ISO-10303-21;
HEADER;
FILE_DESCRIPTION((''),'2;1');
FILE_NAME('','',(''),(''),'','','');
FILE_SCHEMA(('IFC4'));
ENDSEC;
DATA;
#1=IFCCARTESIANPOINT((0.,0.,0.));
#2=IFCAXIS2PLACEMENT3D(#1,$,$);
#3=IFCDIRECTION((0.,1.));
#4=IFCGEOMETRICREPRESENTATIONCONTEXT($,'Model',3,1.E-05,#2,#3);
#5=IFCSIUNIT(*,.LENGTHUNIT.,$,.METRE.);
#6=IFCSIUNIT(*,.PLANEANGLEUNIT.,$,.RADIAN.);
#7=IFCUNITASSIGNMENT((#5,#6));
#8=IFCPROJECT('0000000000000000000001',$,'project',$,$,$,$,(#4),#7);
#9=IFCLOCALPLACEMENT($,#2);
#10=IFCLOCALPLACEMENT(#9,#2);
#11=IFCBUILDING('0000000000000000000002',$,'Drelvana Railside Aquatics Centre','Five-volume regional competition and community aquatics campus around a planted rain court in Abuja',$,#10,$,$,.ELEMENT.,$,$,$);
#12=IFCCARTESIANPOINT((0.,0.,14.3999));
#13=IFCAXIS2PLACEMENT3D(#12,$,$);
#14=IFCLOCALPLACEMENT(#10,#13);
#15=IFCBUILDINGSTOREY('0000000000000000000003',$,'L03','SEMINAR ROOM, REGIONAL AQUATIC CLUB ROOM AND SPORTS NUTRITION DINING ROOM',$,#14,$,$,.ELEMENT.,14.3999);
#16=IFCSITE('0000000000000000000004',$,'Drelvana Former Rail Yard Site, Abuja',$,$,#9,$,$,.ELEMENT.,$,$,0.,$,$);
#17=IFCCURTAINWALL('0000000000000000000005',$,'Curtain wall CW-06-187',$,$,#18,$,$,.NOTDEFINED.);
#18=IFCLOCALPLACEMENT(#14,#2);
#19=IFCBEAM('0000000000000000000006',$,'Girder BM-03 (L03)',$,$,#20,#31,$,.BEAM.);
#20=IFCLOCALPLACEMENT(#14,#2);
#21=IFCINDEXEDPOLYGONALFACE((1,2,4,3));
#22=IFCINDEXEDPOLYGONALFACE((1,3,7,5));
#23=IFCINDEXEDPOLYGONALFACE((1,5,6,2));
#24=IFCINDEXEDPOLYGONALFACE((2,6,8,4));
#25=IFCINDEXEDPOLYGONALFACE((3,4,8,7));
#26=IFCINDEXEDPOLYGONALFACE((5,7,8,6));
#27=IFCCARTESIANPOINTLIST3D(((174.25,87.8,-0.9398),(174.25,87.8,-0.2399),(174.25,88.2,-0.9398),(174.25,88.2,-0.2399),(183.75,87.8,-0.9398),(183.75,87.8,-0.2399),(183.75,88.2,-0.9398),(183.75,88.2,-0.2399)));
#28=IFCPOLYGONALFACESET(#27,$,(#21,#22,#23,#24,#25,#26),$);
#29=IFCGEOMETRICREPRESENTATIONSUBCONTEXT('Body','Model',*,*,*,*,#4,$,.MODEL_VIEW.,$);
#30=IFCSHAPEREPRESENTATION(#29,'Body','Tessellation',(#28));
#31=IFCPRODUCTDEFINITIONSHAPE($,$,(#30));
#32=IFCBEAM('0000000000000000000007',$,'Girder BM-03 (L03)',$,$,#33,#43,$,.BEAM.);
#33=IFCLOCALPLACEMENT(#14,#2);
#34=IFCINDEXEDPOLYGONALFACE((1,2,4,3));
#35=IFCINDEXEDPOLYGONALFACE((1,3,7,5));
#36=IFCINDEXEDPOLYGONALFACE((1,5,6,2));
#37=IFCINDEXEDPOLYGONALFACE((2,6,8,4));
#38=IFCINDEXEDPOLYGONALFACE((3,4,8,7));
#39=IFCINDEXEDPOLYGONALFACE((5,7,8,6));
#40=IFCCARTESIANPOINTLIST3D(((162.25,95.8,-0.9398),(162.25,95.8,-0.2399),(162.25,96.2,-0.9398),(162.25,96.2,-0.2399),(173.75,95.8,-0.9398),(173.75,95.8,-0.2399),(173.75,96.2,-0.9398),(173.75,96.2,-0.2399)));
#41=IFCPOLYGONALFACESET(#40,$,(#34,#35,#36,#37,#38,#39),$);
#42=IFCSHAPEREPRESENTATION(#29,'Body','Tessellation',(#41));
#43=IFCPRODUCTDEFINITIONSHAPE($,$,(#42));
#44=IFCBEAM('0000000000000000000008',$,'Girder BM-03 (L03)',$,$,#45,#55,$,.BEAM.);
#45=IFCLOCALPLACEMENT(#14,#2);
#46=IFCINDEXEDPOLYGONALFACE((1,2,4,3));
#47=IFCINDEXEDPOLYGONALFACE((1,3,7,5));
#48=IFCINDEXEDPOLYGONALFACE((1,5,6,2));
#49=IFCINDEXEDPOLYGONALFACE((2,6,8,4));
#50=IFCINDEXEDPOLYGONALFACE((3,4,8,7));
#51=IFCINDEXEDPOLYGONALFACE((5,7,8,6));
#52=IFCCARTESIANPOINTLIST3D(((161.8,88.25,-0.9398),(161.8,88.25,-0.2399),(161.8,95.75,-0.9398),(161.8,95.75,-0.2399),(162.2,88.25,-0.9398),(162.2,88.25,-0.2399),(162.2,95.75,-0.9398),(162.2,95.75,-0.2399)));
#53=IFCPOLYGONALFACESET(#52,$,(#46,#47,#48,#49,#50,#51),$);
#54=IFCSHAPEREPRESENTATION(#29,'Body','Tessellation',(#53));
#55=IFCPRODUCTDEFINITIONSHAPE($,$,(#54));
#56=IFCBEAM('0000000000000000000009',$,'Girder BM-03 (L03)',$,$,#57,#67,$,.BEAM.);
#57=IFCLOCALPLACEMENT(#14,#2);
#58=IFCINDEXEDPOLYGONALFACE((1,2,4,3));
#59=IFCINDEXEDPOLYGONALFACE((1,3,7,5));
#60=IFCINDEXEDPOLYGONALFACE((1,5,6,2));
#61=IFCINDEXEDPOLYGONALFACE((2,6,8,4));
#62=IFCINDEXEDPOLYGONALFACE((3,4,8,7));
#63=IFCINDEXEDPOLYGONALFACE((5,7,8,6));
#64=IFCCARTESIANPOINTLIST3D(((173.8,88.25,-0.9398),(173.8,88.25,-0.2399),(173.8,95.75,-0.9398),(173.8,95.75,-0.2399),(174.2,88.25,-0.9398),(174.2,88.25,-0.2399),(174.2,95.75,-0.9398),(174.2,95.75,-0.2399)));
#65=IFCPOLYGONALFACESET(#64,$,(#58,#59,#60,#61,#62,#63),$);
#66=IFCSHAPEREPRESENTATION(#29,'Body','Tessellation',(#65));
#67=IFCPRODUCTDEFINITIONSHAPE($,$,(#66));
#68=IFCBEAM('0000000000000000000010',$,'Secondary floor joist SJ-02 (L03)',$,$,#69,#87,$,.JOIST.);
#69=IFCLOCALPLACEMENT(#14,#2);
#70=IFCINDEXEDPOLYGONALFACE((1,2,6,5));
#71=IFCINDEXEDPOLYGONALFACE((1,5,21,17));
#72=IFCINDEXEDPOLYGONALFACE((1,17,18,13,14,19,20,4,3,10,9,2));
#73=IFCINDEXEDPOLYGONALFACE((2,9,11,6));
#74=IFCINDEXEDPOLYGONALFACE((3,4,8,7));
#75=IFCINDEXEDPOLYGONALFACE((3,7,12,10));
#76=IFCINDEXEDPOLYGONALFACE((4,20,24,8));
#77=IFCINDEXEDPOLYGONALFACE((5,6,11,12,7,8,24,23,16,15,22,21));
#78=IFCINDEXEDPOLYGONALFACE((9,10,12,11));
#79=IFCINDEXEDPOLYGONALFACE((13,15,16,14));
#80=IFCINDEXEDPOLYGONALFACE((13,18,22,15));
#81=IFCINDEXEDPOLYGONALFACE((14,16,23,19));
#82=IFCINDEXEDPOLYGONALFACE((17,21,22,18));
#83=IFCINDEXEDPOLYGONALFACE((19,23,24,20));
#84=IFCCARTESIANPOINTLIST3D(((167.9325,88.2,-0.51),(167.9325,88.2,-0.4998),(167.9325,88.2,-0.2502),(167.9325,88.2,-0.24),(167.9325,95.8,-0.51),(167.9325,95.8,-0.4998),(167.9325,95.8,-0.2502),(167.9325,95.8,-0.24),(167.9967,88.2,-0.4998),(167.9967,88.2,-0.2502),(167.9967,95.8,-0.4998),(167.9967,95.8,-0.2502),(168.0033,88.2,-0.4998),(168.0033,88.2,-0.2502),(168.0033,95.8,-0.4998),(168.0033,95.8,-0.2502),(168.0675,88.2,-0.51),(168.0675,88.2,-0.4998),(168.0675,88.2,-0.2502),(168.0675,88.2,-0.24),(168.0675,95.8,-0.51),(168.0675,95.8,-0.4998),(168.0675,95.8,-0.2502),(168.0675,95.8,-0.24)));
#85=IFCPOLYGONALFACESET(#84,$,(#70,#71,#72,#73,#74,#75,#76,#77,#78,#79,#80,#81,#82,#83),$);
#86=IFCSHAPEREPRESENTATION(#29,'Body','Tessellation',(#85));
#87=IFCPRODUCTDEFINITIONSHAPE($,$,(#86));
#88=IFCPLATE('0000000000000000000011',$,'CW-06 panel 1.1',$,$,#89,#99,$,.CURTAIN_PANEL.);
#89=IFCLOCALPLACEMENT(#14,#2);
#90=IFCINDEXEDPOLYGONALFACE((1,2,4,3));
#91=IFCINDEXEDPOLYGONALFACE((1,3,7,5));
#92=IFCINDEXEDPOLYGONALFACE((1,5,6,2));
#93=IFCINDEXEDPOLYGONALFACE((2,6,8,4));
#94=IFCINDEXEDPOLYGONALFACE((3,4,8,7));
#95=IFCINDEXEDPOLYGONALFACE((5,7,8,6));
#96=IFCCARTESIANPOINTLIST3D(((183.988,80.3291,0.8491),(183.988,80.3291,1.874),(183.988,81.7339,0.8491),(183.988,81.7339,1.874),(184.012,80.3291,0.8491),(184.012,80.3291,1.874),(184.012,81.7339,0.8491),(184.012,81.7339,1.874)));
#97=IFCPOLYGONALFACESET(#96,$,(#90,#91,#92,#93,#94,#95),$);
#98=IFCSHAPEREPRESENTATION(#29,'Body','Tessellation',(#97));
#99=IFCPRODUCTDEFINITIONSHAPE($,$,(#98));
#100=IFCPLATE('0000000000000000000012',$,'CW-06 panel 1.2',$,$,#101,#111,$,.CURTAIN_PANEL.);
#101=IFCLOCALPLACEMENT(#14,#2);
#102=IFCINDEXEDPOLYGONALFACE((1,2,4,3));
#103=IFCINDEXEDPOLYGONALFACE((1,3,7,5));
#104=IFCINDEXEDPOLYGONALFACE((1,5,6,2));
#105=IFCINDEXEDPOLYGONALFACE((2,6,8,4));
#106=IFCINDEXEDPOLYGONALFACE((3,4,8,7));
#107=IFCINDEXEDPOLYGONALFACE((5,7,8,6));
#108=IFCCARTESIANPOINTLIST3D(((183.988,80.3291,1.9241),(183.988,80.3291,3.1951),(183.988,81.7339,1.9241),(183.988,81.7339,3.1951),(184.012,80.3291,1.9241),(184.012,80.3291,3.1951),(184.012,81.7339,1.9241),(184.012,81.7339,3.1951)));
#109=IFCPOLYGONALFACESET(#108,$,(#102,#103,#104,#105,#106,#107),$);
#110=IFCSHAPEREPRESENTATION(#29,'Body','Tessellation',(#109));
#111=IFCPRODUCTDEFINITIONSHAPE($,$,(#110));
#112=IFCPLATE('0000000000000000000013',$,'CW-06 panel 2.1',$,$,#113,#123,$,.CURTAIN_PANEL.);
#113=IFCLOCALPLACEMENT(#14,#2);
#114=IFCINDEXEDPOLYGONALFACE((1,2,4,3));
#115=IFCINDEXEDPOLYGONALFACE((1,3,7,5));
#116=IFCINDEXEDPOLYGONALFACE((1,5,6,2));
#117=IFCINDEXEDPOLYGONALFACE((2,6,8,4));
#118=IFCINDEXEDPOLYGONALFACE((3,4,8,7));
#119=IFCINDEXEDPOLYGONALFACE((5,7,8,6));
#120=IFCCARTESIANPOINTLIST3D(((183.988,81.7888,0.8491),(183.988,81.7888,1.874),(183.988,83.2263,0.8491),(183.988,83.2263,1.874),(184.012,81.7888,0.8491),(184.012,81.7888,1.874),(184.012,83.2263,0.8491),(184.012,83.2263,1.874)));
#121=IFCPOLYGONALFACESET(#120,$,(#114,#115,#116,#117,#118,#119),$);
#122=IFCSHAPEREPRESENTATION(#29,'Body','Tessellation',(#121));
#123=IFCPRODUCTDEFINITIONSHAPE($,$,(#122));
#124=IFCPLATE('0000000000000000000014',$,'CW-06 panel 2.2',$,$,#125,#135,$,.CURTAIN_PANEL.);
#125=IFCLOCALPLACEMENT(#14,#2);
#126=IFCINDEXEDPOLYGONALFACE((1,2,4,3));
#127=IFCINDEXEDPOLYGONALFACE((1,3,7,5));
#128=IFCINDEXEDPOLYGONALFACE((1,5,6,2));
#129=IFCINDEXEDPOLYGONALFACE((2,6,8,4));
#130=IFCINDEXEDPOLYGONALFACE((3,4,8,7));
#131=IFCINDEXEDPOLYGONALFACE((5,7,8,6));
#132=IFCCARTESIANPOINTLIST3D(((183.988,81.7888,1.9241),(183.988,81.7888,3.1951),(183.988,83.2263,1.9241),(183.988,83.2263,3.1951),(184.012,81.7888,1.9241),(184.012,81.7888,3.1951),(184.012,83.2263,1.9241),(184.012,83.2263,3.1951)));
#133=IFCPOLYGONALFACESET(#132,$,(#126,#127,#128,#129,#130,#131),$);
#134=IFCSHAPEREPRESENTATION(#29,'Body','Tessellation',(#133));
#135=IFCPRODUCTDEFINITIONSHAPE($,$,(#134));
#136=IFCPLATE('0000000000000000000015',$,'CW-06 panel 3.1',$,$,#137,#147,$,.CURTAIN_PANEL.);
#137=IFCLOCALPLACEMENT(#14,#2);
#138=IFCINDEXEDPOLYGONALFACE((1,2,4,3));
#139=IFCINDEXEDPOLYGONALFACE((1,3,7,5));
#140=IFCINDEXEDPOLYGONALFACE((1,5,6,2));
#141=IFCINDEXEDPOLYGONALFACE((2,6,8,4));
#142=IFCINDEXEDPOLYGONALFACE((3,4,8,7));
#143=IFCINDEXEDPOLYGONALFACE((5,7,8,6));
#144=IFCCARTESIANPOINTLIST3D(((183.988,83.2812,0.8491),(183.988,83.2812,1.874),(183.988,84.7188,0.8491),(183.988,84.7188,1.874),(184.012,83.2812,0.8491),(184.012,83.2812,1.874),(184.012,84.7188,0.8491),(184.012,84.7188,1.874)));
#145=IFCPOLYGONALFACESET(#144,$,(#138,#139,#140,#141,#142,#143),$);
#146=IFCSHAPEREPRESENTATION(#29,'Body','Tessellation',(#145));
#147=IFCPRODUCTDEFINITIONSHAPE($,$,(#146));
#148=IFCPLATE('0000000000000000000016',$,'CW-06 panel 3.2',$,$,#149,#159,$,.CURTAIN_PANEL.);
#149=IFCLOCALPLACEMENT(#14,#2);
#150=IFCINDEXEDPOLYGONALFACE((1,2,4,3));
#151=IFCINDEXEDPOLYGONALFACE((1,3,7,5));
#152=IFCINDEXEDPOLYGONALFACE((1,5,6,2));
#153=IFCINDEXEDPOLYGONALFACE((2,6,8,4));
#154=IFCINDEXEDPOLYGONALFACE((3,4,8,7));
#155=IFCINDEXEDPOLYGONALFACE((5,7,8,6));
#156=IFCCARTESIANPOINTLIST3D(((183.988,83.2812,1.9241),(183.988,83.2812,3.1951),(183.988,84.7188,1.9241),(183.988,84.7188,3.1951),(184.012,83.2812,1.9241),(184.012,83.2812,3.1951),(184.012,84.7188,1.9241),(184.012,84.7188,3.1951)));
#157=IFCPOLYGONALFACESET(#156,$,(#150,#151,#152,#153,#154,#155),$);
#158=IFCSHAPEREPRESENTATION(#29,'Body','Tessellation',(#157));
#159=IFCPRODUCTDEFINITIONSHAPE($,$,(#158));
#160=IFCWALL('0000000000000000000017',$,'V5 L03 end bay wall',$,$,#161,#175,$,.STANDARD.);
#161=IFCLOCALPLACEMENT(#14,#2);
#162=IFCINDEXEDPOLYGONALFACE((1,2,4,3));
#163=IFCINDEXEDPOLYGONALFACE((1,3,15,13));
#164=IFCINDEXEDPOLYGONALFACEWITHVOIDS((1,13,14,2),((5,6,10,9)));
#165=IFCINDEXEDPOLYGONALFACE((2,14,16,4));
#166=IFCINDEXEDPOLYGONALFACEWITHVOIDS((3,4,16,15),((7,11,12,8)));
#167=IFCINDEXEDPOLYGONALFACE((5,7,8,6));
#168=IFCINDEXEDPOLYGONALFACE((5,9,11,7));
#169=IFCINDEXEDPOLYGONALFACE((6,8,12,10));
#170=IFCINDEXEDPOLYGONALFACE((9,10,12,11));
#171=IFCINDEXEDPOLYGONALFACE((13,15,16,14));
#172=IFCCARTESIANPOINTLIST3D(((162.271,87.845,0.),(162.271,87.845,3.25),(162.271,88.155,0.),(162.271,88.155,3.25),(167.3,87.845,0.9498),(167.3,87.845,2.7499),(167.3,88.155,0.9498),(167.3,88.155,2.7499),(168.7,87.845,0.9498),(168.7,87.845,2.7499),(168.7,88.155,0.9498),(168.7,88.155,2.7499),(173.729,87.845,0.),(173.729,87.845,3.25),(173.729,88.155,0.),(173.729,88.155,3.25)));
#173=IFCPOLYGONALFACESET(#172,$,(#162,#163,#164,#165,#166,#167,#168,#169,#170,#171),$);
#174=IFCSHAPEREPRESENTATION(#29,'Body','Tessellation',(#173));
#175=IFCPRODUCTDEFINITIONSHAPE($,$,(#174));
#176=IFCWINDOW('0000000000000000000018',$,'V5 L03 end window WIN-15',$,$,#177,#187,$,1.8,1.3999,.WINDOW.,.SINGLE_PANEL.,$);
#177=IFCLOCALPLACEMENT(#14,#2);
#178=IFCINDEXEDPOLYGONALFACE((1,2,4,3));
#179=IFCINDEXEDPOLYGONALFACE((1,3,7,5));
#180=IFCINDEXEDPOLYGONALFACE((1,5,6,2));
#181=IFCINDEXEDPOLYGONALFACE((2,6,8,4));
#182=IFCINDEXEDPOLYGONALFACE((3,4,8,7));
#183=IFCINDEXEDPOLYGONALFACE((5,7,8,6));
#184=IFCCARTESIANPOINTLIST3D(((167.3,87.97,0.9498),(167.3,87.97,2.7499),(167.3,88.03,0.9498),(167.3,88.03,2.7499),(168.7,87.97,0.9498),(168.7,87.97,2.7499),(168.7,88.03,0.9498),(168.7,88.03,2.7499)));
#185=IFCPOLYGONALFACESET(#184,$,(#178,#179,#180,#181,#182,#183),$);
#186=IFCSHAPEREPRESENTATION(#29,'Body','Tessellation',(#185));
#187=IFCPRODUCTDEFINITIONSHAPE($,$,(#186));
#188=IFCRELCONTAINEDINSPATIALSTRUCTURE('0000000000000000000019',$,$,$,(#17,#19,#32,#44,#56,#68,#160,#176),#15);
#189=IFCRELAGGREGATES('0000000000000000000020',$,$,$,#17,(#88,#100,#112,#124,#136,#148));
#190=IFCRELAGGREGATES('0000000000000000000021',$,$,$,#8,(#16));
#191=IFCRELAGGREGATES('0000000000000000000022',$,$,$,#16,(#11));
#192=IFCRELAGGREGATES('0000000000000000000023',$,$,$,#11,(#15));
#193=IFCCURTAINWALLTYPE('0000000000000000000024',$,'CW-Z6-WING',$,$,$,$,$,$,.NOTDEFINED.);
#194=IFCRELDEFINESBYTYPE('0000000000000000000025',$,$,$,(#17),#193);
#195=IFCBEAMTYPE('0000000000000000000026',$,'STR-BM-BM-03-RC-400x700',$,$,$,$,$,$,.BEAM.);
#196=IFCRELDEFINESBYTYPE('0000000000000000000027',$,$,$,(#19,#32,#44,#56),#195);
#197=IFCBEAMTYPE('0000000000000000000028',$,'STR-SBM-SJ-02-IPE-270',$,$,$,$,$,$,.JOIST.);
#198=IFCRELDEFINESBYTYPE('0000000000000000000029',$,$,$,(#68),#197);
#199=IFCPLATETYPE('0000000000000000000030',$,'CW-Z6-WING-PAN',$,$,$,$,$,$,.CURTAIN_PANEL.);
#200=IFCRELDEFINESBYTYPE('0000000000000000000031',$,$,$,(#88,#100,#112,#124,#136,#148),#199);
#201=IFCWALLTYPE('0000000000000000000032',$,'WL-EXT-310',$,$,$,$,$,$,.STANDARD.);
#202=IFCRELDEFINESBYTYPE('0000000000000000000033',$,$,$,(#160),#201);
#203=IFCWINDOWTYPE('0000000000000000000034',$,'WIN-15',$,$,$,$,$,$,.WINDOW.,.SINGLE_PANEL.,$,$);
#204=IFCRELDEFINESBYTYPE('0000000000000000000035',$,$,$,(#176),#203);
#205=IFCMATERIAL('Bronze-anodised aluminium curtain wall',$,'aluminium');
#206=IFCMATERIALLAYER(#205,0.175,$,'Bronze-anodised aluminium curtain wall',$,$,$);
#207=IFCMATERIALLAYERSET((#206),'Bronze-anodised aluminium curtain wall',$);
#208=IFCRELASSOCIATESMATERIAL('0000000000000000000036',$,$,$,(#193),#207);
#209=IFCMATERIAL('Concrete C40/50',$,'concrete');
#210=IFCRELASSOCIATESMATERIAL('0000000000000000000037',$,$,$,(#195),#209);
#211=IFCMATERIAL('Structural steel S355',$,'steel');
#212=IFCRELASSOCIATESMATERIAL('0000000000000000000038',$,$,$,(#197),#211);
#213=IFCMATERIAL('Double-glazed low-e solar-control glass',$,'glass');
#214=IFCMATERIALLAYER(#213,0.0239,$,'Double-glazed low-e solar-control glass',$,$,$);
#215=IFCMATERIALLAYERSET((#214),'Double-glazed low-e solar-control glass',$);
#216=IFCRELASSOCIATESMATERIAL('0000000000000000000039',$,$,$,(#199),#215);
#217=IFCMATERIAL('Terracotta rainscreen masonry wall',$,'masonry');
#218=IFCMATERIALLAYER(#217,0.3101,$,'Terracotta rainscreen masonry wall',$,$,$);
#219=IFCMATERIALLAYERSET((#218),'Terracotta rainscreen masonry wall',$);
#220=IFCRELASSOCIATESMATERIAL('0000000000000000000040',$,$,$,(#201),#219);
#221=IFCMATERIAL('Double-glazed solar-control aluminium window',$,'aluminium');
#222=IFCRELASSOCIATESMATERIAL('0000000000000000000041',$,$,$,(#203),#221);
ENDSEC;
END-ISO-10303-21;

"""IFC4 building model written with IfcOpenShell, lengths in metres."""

from ifc_helpers import new_model, si_unit, direction, frame, frame_2d, origin, origin_2d, place, context, subcontext, project, spatial, rectangle, i_section, extrude, material, layer, layer_set, material_profile, profile_set, type_object, element, fill, aggregate, save


model = new_model("IFC4")

# Units and contexts
model_context = context("Model", 3, precision=1e-05, world=origin(), true_north=direction((0.0, 1.0)))
body_context = subcontext(model_context, "Body", "Model", "MODEL_VIEW")
ifc_project = project(units=[si_unit("LENGTHUNIT", "METRE"), si_unit("PLANEANGLEUNIT", "RADIAN")], contexts=[model_context])

# Site, building, storey
site_placement = place(None, origin())
site = spatial("IfcSite", under=ifc_project, at=site_placement, Name="Drelvana Former Rail Yard Site, Abuja", CompositionType="ELEMENT", RefElevation=0.0)
building_placement = place(site_placement, origin())
building = spatial("IfcBuilding", under=site, at=building_placement, Name="Drelvana Railside Aquatics Centre", Description="Five-volume regional competition and community aquatics campus around a planted rain court in Abuja", CompositionType="ELEMENT")
storey_placement = place(building_placement, frame((0.0, 0.0, 14.3999)))
storey = spatial("IfcBuildingStorey", under=building, at=storey_placement, Name="L03", Description="SEMINAR ROOM, REGIONAL AQUATIC CLUB ROOM AND SPORTS NUTRITION DINING ROOM", CompositionType="ELEMENT", Elevation=14.3999)

# Shared definitions
ifc_material_1 = material(Name="Concrete C40/50", Category="concrete")

# Curtain wall
ifc_material_2 = material(Name="Bronze-anodised aluminium curtain wall", Category="aluminium")
ifc_layer_1 = layer(ifc_material_2, 0.175, Name="Bronze-anodised aluminium curtain wall")
ifc_layer_set_1 = layer_set([ifc_layer_1], Name="Bronze-anodised aluminium curtain wall")
curtain_wall_type = type_object("IfcCurtainWallType", Name="CW-Z6-WING", PredefinedType="NOTDEFINED", material=ifc_layer_set_1)
curtain_wall_placement = place(storey_placement, origin())
curtain_wall = element("IfcCurtainWall", 1, at=curtain_wall_placement, inside=storey, type_object=curtain_wall_type, Name="Curtain wall CW-06-187", PredefinedType="NOTDEFINED")

# Beams
ifc_material_profile_1 = material_profile(ifc_material_1, rectangle(XDim=0.3999, YDim=0.7, at=origin_2d()), Name="RC 400x700")
ifc_profile_set_1 = profile_set([ifc_material_profile_1], Name="Concrete C40/50")
beam_type_1 = type_object("IfcBeamType", Name="STR-BM-BM-03-RC-400x700", PredefinedType="BEAM", material=ifc_profile_set_1)
beam_1_placement = place(storey_placement, frame((174.25, 88.0, -0.5898), z_axis=(1.0, 0.0, 0.0), x_axis=(0.0, 1.0, 0.0)))
element("IfcBeam", 2, at=beam_1_placement, inside=storey, type_object=beam_type_1, Name="Girder BM-03 (L03)", PredefinedType="BEAM", context=body_context, shape_type="SweptSolid", body=[
    extrude(rectangle(XDim=0.3999, YDim=0.7, at=origin_2d()), origin(), (0.0, 0.0, 1.0), 9.5),
])
beam_2_placement = place(storey_placement, frame((162.25, 96.0, -0.5898), z_axis=(1.0, 0.0, 0.0), x_axis=(0.0, 1.0, 0.0)))
element("IfcBeam", 3, at=beam_2_placement, inside=storey, type_object=beam_type_1, Name="Girder BM-03 (L03)", PredefinedType="BEAM", context=body_context, shape_type="SweptSolid", body=[
    extrude(rectangle(XDim=0.3999, YDim=0.7, at=origin_2d()), origin(), (0.0, 0.0, 1.0), 11.5),
])
for number, where, z_axis, x_axis, name in (
    (4, (162.0, 88.25, -0.5898), (0.0, 1.0, 0.0), (-1.0, 0.0, 0.0), "Girder BM-03 (L03)"),
    (5, (174.0, 88.25, -0.5898), (0.0, 1.0, 0.0), (-1.0, 0.0, 0.0), "Girder BM-03 (L03)"),
):
    element("IfcBeam", number, at=place(storey_placement, frame(where, z_axis=z_axis, x_axis=x_axis)), inside=storey, type_object=beam_type_1, Name=name, PredefinedType="BEAM", context=body_context, shape_type="SweptSolid", body=[
        extrude(rectangle(XDim=0.3999, YDim=0.7, at=origin_2d()), origin(), (0.0, 0.0, 1.0), 7.5),
    ])
ifc_material_3 = material(Name="Structural steel S355", Category="steel")
ifc_material_profile_2 = material_profile(ifc_material_3, i_section(OverallWidth=0.135, OverallDepth=0.27, WebThickness=0.0066, FlangeThickness=0.0103, at=origin_2d()), Name="IPE 270")
ifc_profile_set_2 = profile_set([ifc_material_profile_2], Name="Structural steel S355")
beam_type_2 = type_object("IfcBeamType", Name="STR-SBM-SJ-02-IPE-270", PredefinedType="JOIST", material=ifc_profile_set_2)
beam_3_placement = place(storey_placement, frame((168.0, 88.2, -0.375), z_axis=(0.0, 1.0, 0.0), x_axis=(-1.0, 0.0, 0.0)))
element("IfcBeam", 6, at=beam_3_placement, inside=storey, type_object=beam_type_2, Name="Secondary floor joist SJ-02 (L03)", PredefinedType="JOIST", context=body_context, shape_type="SweptSolid", body=[
    extrude(i_section(OverallWidth=0.135, OverallDepth=0.27, WebThickness=0.0066, FlangeThickness=0.0103, at=origin_2d()), origin(), (0.0, 0.0, 1.0), 7.6001),
])

# Plates
ifc_material_4 = material(Name="Double-glazed low-e solar-control glass", Category="glass")
ifc_layer_2 = layer(ifc_material_4, 0.0239, Name="Double-glazed low-e solar-control glass")
ifc_layer_set_2 = layer_set([ifc_layer_2], Name="Double-glazed low-e solar-control glass")
plate_type = type_object("IfcPlateType", Name="CW-Z6-WING-PAN", PredefinedType="CURTAIN_PANEL", material=ifc_layer_set_2)
plate_1_placement = place(storey_placement, frame((184.0, 81.0315, 0.8491), z_axis=(0.0, 0.0, 1.0), x_axis=(0.0, 1.0, 0.0)))
plate_1 = element("IfcPlate", 7, at=plate_1_placement, type_object=plate_type, Name="CW-06 panel 1.1", PredefinedType="CURTAIN_PANEL", context=body_context, shape_type="SweptSolid", body=[
    extrude(rectangle(XDim=1.4048, YDim=0.0239, at=origin_2d()), origin(), (0.0, 0.0, 1.0), 1.0249),
])
plate_2_placement = place(storey_placement, frame((184.0, 81.0315, 1.9241), z_axis=(0.0, 0.0, 1.0), x_axis=(0.0, 1.0, 0.0)))
plate_2 = element("IfcPlate", 8, at=plate_2_placement, type_object=plate_type, Name="CW-06 panel 1.2", PredefinedType="CURTAIN_PANEL", context=body_context, shape_type="SweptSolid", body=[
    extrude(rectangle(XDim=1.4048, YDim=0.0239, at=origin_2d()), origin(), (0.0, 0.0, 1.0), 1.271),
])
plate_3_placement = place(storey_placement, frame((184.0, 82.5076, 0.8491), z_axis=(0.0, 0.0, 1.0), x_axis=(0.0, 1.0, 0.0)))
plate_3 = element("IfcPlate", 9, at=plate_3_placement, type_object=plate_type, Name="CW-06 panel 2.1", PredefinedType="CURTAIN_PANEL", context=body_context, shape_type="SweptSolid", body=[
    extrude(rectangle(XDim=1.4375, YDim=0.0239, at=origin_2d()), origin(), (0.0, 0.0, 1.0), 1.0249),
])
plate_4_placement = place(storey_placement, frame((184.0, 82.5076, 1.9241), z_axis=(0.0, 0.0, 1.0), x_axis=(0.0, 1.0, 0.0)))
plate_4 = element("IfcPlate", 10, at=plate_4_placement, type_object=plate_type, Name="CW-06 panel 2.2", PredefinedType="CURTAIN_PANEL", context=body_context, shape_type="SweptSolid", body=[
    extrude(rectangle(XDim=1.4375, YDim=0.0239, at=origin_2d()), origin(), (0.0, 0.0, 1.0), 1.271),
])
plate_5_placement = place(storey_placement, frame((184.0, 84.0, 0.8491), z_axis=(0.0, 0.0, 1.0), x_axis=(0.0, 1.0, 0.0)))
plate_5 = element("IfcPlate", 11, at=plate_5_placement, type_object=plate_type, Name="CW-06 panel 3.1", PredefinedType="CURTAIN_PANEL", context=body_context, shape_type="SweptSolid", body=[
    extrude(rectangle(XDim=1.4375, YDim=0.0239, at=origin_2d()), origin(), (0.0, 0.0, 1.0), 1.0249),
])
plate_6_placement = place(storey_placement, frame((184.0, 84.0, 1.9241), z_axis=(0.0, 0.0, 1.0), x_axis=(0.0, 1.0, 0.0)))
plate_6 = element("IfcPlate", 12, at=plate_6_placement, type_object=plate_type, Name="CW-06 panel 3.2", PredefinedType="CURTAIN_PANEL", context=body_context, shape_type="SweptSolid", body=[
    extrude(rectangle(XDim=1.4375, YDim=0.0239, at=origin_2d()), origin(), (0.0, 0.0, 1.0), 1.271),
])
aggregate(curtain_wall, [plate_1, plate_2, plate_3, plate_4, plate_5, plate_6])

# Wall, opening, window
ifc_material_5 = material(Name="Terracotta rainscreen masonry wall", Category="masonry")
ifc_layer_3 = layer(ifc_material_5, 0.3101, Name="Terracotta rainscreen masonry wall")
ifc_layer_set_3 = layer_set([ifc_layer_3], Name="Terracotta rainscreen masonry wall")
wall_type = type_object("IfcWallType", Name="WL-EXT-310", PredefinedType="STANDARD", material=ifc_layer_set_3)
wall_1_placement = place(storey_placement, frame((162.271, 88.0, 0.0), z_axis=(0.0, 0.0, 1.0), x_axis=(1.0, 0.0, 0.0)))
wall_1 = element("IfcWall", 13, at=wall_1_placement, inside=storey, type_object=wall_type, Name="V5 L03 end bay wall", PredefinedType="STANDARD", context=body_context, shape_type="SweptSolid", body=[
    extrude(rectangle(XDim=11.458, YDim=0.3101, at=frame_2d((5.729, 0.0))), origin(), (0.0, 0.0, 1.0), 3.25),
])
opening_1_placement = place(wall_1_placement, frame((5.0291, 0.0, 0.95)))
opening_1 = element("IfcOpeningElement", 14, at=opening_1_placement, cuts=wall_1, PredefinedType="OPENING", context=body_context, shape_type="SweptSolid", body=[
    extrude(rectangle(XDim=1.3999, YDim=1.8, at=frame_2d((0.7, 0.8999))), frame((0.0, 0.165, 0.0), z_axis=(0.0, -1.0, 0.0), x_axis=(1.0, 0.0, 0.0)), (0.0, 0.0, 1.0), 0.3301),
])
ifc_material_6 = material(Name="Double-glazed solar-control aluminium window", Category="aluminium")
window_type_1 = type_object("IfcWindowType", Name="WIN-15", PartitioningType="SINGLE_PANEL", PredefinedType="WINDOW", material=ifc_material_6)
window_1_placement = place(opening_1_placement, origin())
window_1 = element("IfcWindow", 15, at=window_1_placement, inside=storey, type_object=window_type_1, Name="V5 L03 end window WIN-15", OverallHeight=1.8, OverallWidth=1.3999, PartitioningType="SINGLE_PANEL", PredefinedType="WINDOW", context=body_context, shape_type="SweptSolid", body=[
    extrude(rectangle(XDim=1.3999, YDim=1.8, at=frame_2d((0.7, 0.8999))), frame((0.0, 0.03, 0.0), z_axis=(0.0, -1.0, 0.0), x_axis=(1.0, 0.0, 0.0)), (0.0, 0.0, 1.0), 0.0601),
])
fill(opening_1, window_1)

save(model, "model.ifc")
